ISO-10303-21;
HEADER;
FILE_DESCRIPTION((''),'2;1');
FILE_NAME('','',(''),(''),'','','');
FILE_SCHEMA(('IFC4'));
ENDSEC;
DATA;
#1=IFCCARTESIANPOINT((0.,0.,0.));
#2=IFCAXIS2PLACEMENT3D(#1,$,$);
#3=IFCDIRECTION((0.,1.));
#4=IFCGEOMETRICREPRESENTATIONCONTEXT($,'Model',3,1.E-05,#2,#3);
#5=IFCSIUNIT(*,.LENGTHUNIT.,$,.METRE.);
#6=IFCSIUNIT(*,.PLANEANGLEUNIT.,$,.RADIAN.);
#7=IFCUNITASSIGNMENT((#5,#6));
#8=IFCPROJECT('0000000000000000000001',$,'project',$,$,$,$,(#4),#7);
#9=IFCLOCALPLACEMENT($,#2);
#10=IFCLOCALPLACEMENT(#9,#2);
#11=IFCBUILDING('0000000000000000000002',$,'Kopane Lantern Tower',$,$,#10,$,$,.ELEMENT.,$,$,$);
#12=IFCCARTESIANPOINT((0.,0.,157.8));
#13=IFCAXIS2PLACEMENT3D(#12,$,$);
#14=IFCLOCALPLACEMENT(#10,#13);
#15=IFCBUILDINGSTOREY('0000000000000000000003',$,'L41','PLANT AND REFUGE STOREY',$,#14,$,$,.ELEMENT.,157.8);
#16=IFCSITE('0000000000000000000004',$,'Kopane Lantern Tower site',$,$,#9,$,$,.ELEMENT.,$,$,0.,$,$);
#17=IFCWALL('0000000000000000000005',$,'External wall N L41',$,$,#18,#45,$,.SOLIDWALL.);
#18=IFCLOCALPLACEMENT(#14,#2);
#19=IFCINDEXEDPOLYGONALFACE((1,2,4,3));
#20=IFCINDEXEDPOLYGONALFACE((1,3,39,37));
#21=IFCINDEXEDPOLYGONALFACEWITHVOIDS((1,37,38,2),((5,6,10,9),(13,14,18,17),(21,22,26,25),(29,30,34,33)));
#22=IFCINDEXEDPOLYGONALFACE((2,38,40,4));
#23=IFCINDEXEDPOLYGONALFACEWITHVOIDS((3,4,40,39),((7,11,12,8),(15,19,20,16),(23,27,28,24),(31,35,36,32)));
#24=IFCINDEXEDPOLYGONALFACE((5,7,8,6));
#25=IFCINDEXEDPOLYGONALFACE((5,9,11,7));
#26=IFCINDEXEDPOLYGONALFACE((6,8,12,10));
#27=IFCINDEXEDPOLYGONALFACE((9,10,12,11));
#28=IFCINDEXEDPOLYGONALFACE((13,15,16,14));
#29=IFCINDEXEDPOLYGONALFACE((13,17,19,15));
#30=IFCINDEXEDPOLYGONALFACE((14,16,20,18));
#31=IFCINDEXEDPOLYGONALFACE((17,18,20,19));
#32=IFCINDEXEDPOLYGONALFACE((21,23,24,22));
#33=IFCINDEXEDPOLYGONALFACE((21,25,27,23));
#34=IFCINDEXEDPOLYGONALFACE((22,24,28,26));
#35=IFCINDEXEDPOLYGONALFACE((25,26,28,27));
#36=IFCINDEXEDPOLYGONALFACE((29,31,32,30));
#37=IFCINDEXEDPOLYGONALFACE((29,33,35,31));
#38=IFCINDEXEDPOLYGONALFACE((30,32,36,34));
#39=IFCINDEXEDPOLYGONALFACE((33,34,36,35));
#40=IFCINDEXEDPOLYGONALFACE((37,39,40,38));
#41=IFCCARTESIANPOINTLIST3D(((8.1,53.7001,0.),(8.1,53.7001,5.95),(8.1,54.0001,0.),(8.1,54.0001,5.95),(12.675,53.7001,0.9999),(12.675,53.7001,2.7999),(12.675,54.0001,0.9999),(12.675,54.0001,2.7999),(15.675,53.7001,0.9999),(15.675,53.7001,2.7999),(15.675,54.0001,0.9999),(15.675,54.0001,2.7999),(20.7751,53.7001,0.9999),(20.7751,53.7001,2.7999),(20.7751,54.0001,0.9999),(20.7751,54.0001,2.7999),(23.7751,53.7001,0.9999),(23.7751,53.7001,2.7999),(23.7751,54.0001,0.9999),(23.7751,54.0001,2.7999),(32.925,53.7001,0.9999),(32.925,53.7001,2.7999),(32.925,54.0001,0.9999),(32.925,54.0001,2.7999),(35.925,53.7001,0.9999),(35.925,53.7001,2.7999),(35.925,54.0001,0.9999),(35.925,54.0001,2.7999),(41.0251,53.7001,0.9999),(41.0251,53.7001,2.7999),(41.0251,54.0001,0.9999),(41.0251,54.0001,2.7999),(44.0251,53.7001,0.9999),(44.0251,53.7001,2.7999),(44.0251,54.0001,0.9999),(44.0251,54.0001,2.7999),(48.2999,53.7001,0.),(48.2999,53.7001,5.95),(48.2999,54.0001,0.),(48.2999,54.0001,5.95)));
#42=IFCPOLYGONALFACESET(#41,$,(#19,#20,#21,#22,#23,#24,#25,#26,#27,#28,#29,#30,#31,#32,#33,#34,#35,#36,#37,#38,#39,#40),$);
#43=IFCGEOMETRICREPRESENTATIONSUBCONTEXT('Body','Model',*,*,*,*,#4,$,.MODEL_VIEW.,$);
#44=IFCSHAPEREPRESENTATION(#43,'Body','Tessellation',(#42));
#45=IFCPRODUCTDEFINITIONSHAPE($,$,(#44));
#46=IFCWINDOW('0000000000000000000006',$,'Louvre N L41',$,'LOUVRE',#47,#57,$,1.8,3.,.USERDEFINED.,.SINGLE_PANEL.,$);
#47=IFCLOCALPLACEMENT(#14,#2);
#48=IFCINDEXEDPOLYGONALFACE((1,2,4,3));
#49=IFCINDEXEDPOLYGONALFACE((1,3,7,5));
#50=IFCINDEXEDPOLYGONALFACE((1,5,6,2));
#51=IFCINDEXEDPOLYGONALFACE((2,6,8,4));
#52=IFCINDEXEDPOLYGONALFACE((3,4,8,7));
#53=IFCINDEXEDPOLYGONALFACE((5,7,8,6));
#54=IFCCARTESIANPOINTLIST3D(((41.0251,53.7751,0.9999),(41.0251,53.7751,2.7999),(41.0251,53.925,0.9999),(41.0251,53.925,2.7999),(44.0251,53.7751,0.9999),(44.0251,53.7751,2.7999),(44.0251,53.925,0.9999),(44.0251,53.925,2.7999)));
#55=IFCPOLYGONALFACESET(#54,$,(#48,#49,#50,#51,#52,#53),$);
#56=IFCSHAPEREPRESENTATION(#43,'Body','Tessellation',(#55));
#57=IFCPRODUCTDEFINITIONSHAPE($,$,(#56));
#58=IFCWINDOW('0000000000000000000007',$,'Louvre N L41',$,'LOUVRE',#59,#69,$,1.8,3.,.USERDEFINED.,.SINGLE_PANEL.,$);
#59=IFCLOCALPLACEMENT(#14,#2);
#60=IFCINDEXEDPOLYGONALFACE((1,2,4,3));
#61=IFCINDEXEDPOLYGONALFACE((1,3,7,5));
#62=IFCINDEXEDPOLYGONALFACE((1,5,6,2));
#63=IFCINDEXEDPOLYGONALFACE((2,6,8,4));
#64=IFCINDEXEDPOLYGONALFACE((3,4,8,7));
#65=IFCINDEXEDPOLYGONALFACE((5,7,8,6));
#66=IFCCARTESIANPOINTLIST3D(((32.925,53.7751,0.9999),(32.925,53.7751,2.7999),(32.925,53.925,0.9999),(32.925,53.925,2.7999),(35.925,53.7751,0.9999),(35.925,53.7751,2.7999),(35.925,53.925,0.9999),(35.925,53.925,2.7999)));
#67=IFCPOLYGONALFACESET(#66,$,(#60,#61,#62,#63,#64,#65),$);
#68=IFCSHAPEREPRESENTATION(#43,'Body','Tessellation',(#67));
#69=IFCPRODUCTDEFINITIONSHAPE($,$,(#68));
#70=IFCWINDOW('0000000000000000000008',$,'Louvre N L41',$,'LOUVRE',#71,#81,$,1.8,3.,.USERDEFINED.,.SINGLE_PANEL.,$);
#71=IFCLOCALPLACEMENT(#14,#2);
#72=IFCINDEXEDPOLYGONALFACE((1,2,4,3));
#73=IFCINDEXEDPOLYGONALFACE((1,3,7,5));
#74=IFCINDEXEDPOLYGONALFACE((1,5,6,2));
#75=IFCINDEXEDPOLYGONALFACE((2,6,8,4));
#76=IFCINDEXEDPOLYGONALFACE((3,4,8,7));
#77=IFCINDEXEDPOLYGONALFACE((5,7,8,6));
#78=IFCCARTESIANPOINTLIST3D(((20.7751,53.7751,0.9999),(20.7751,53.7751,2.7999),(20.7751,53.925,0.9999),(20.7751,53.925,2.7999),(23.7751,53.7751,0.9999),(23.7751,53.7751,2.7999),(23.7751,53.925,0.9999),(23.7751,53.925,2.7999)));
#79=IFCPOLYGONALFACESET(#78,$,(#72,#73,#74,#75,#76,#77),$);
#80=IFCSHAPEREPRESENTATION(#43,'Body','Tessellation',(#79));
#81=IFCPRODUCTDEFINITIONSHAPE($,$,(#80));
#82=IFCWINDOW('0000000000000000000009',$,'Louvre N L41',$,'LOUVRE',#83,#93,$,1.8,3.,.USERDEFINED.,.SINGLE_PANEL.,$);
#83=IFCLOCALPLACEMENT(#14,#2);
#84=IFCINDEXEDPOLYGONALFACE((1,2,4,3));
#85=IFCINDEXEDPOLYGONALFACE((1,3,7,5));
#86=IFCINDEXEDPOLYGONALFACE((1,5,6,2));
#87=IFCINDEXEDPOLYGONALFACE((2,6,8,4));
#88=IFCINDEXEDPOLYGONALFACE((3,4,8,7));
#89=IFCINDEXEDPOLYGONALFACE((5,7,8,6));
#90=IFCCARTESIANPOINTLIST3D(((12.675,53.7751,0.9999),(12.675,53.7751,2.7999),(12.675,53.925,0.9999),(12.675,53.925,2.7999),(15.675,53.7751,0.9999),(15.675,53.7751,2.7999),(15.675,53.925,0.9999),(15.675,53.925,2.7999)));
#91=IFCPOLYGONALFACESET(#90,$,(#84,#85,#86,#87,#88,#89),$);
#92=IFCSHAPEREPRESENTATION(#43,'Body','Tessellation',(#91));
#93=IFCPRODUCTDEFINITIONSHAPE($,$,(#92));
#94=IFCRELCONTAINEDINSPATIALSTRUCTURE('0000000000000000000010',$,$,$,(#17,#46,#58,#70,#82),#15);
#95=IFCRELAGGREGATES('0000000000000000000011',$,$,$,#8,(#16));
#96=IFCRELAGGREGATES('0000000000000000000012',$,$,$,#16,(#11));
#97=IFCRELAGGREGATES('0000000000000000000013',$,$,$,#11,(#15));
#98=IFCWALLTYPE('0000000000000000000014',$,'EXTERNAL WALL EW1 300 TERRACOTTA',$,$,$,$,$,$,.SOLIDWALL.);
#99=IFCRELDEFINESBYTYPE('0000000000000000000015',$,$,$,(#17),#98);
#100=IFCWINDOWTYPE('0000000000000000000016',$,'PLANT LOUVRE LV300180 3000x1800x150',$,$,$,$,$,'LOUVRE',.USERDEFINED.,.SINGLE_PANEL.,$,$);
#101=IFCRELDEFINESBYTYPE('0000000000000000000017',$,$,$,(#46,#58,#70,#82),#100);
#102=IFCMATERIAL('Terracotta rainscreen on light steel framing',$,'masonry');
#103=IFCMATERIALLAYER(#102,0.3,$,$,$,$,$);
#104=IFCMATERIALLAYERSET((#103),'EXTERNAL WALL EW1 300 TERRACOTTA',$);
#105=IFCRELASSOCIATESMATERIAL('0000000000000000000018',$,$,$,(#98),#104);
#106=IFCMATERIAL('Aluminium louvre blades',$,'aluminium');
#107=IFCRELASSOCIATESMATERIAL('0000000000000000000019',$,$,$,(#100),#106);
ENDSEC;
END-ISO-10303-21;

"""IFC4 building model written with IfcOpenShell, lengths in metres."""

from ifc_helpers import new_model, si_unit, direction, frame, frame_2d, origin, place, context, subcontext, project, spatial, rectangle, extrude, material, layer, layer_set, type_object, element, fill, save


model = new_model("IFC4")

# Units and contexts
model_context = context("Model", 3, precision=1e-05, world=origin(), true_north=direction((0.0, 1.0)))
body_context = subcontext(model_context, "Body", "Model", "MODEL_VIEW")
ifc_project = project(units=[si_unit("LENGTHUNIT", "METRE"), si_unit("PLANEANGLEUNIT", "RADIAN")], contexts=[model_context])

# Site, building, storey
site_placement = place(None, origin())
site = spatial("IfcSite", under=ifc_project, at=site_placement, Name="Kopane Lantern Tower site", CompositionType="ELEMENT", RefElevation=0.0)
building_placement = place(site_placement, origin())
building = spatial("IfcBuilding", under=site, at=building_placement, Name="Kopane Lantern Tower", CompositionType="ELEMENT")
storey_placement = place(building_placement, frame((0.0, 0.0, 157.8)))
storey = spatial("IfcBuildingStorey", under=building, at=storey_placement, Name="L41", Description="PLANT AND REFUGE STOREY", CompositionType="ELEMENT", Elevation=157.8)

# Shared definitions
ifc_material_1 = material(Name="Terracotta rainscreen on light steel framing", Category="masonry")
ifc_layer = layer(ifc_material_1, 0.3)
ifc_layer_set = layer_set([ifc_layer], Name="EXTERNAL WALL EW1 300 TERRACOTTA")
wall_type = type_object("IfcWallType", Name="EXTERNAL WALL EW1 300 TERRACOTTA", PredefinedType="SOLIDWALL", material=ifc_layer_set)

# Wall, openings, windows
wall_1_placement = place(storey_placement, frame((48.3, 53.8501, 0.0), z_axis=(0.0, 0.0, 1.0), x_axis=(-1.0, 0.0, 0.0)))
wall_1 = element("IfcWall", 1, at=wall_1_placement, inside=storey, type_object=wall_type, Name="External wall N L41", PredefinedType="SOLIDWALL", context=body_context, shape_type="SweptSolid", body=[
    extrude(rectangle(XDim=40.2, YDim=0.3, at=frame_2d((20.1001, 0.0))), origin(), (0.0, 0.0, 1.0), 5.95),
])
opening_1_placement = place(wall_1_placement, frame((4.2749, 0.0, 1.0)))
opening_1 = element("IfcOpeningElement", 2, at=opening_1_placement, cuts=wall_1, PredefinedType="OPENING", context=body_context, shape_type="SweptSolid", body=[
    extrude(rectangle(XDim=3.0, YDim=1.8, at=frame_2d((1.5, 0.8999))), frame((0.0, 0.1599, 0.0), z_axis=(0.0, -1.0, 0.0), x_axis=(1.0, 0.0, 0.0)), (0.0, 0.0, 1.0), 0.3201),
])
opening_2_placement = place(wall_1_placement, frame((12.375, 0.0, 1.0)))
opening_2 = element("IfcOpeningElement", 3, at=opening_2_placement, cuts=wall_1, PredefinedType="OPENING", context=body_context, shape_type="SweptSolid", body=[
    extrude(rectangle(XDim=3.0, YDim=1.8, at=frame_2d((1.5, 0.8999))), frame((0.0, 0.1599, 0.0), z_axis=(0.0, -1.0, 0.0), x_axis=(1.0, 0.0, 0.0)), (0.0, 0.0, 1.0), 0.3201),
])
opening_3_placement = place(wall_1_placement, frame((24.5249, 0.0, 1.0)))
opening_3 = element("IfcOpeningElement", 4, at=opening_3_placement, cuts=wall_1, PredefinedType="OPENING", context=body_context, shape_type="SweptSolid", body=[
    extrude(rectangle(XDim=3.0, YDim=1.8, at=frame_2d((1.5, 0.8999))), frame((0.0, 0.1599, 0.0), z_axis=(0.0, -1.0, 0.0), x_axis=(1.0, 0.0, 0.0)), (0.0, 0.0, 1.0), 0.3201),
])
opening_4_placement = place(wall_1_placement, frame((32.625, 0.0, 1.0)))
opening_4 = element("IfcOpeningElement", 5, at=opening_4_placement, cuts=wall_1, PredefinedType="OPENING", context=body_context, shape_type="SweptSolid", body=[
    extrude(rectangle(XDim=3.0, YDim=1.8, at=frame_2d((1.5, 0.8999))), frame((0.0, 0.1599, 0.0), z_axis=(0.0, -1.0, 0.0), x_axis=(1.0, 0.0, 0.0)), (0.0, 0.0, 1.0), 0.3201),
])
ifc_material_2 = material(Name="Aluminium louvre blades", Category="aluminium")
window_type = type_object("IfcWindowType", Name="PLANT LOUVRE LV300180 3000x1800x150", ElementType="LOUVRE", PartitioningType="SINGLE_PANEL", PredefinedType="USERDEFINED", material=ifc_material_2)
window_1_placement = place(opening_1_placement, origin())
window_1 = element("IfcWindow", 6, at=window_1_placement, inside=storey, type_object=window_type, Name="Louvre N L41", ObjectType="LOUVRE", OverallHeight=1.8, OverallWidth=3.0, PartitioningType="SINGLE_PANEL", PredefinedType="USERDEFINED", context=body_context, shape_type="SweptSolid", body=[
    extrude(rectangle(XDim=3.0, YDim=1.8, at=frame_2d((1.5, 0.8999))), frame((0.0, 0.075, 0.0), z_axis=(0.0, -1.0, 0.0), x_axis=(1.0, 0.0, 0.0)), (0.0, 0.0, 1.0), 0.1499),
])
fill(opening_1, window_1)
window_2_placement = place(opening_2_placement, origin())
window_2 = element("IfcWindow", 7, at=window_2_placement, inside=storey, type_object=window_type, Name="Louvre N L41", ObjectType="LOUVRE", OverallHeight=1.8, OverallWidth=3.0, PartitioningType="SINGLE_PANEL", PredefinedType="USERDEFINED", context=body_context, shape_type="SweptSolid", body=[
    extrude(rectangle(XDim=3.0, YDim=1.8, at=frame_2d((1.5, 0.8999))), frame((0.0, 0.075, 0.0), z_axis=(0.0, -1.0, 0.0), x_axis=(1.0, 0.0, 0.0)), (0.0, 0.0, 1.0), 0.1499),
])
fill(opening_2, window_2)
window_3_placement = place(opening_3_placement, origin())
window_3 = element("IfcWindow", 8, at=window_3_placement, inside=storey, type_object=window_type, Name="Louvre N L41", ObjectType="LOUVRE", OverallHeight=1.8, OverallWidth=3.0, PartitioningType="SINGLE_PANEL", PredefinedType="USERDEFINED", context=body_context, shape_type="SweptSolid", body=[
    extrude(rectangle(XDim=3.0, YDim=1.8, at=frame_2d((1.5, 0.8999))), frame((0.0, 0.075, 0.0), z_axis=(0.0, -1.0, 0.0), x_axis=(1.0, 0.0, 0.0)), (0.0, 0.0, 1.0), 0.1499),
])
fill(opening_3, window_3)
window_4_placement = place(opening_4_placement, origin())
window_4 = element("IfcWindow", 9, at=window_4_placement, inside=storey, type_object=window_type, Name="Louvre N L41", ObjectType="LOUVRE", OverallHeight=1.8, OverallWidth=3.0, PartitioningType="SINGLE_PANEL", PredefinedType="USERDEFINED", context=body_context, shape_type="SweptSolid", body=[
    extrude(rectangle(XDim=3.0, YDim=1.8, at=frame_2d((1.5, 0.8999))), frame((0.0, 0.075, 0.0), z_axis=(0.0, -1.0, 0.0), x_axis=(1.0, 0.0, 0.0)), (0.0, 0.0, 1.0), 0.1499),
])
fill(opening_4, window_4)

save(model, "model.ifc")
